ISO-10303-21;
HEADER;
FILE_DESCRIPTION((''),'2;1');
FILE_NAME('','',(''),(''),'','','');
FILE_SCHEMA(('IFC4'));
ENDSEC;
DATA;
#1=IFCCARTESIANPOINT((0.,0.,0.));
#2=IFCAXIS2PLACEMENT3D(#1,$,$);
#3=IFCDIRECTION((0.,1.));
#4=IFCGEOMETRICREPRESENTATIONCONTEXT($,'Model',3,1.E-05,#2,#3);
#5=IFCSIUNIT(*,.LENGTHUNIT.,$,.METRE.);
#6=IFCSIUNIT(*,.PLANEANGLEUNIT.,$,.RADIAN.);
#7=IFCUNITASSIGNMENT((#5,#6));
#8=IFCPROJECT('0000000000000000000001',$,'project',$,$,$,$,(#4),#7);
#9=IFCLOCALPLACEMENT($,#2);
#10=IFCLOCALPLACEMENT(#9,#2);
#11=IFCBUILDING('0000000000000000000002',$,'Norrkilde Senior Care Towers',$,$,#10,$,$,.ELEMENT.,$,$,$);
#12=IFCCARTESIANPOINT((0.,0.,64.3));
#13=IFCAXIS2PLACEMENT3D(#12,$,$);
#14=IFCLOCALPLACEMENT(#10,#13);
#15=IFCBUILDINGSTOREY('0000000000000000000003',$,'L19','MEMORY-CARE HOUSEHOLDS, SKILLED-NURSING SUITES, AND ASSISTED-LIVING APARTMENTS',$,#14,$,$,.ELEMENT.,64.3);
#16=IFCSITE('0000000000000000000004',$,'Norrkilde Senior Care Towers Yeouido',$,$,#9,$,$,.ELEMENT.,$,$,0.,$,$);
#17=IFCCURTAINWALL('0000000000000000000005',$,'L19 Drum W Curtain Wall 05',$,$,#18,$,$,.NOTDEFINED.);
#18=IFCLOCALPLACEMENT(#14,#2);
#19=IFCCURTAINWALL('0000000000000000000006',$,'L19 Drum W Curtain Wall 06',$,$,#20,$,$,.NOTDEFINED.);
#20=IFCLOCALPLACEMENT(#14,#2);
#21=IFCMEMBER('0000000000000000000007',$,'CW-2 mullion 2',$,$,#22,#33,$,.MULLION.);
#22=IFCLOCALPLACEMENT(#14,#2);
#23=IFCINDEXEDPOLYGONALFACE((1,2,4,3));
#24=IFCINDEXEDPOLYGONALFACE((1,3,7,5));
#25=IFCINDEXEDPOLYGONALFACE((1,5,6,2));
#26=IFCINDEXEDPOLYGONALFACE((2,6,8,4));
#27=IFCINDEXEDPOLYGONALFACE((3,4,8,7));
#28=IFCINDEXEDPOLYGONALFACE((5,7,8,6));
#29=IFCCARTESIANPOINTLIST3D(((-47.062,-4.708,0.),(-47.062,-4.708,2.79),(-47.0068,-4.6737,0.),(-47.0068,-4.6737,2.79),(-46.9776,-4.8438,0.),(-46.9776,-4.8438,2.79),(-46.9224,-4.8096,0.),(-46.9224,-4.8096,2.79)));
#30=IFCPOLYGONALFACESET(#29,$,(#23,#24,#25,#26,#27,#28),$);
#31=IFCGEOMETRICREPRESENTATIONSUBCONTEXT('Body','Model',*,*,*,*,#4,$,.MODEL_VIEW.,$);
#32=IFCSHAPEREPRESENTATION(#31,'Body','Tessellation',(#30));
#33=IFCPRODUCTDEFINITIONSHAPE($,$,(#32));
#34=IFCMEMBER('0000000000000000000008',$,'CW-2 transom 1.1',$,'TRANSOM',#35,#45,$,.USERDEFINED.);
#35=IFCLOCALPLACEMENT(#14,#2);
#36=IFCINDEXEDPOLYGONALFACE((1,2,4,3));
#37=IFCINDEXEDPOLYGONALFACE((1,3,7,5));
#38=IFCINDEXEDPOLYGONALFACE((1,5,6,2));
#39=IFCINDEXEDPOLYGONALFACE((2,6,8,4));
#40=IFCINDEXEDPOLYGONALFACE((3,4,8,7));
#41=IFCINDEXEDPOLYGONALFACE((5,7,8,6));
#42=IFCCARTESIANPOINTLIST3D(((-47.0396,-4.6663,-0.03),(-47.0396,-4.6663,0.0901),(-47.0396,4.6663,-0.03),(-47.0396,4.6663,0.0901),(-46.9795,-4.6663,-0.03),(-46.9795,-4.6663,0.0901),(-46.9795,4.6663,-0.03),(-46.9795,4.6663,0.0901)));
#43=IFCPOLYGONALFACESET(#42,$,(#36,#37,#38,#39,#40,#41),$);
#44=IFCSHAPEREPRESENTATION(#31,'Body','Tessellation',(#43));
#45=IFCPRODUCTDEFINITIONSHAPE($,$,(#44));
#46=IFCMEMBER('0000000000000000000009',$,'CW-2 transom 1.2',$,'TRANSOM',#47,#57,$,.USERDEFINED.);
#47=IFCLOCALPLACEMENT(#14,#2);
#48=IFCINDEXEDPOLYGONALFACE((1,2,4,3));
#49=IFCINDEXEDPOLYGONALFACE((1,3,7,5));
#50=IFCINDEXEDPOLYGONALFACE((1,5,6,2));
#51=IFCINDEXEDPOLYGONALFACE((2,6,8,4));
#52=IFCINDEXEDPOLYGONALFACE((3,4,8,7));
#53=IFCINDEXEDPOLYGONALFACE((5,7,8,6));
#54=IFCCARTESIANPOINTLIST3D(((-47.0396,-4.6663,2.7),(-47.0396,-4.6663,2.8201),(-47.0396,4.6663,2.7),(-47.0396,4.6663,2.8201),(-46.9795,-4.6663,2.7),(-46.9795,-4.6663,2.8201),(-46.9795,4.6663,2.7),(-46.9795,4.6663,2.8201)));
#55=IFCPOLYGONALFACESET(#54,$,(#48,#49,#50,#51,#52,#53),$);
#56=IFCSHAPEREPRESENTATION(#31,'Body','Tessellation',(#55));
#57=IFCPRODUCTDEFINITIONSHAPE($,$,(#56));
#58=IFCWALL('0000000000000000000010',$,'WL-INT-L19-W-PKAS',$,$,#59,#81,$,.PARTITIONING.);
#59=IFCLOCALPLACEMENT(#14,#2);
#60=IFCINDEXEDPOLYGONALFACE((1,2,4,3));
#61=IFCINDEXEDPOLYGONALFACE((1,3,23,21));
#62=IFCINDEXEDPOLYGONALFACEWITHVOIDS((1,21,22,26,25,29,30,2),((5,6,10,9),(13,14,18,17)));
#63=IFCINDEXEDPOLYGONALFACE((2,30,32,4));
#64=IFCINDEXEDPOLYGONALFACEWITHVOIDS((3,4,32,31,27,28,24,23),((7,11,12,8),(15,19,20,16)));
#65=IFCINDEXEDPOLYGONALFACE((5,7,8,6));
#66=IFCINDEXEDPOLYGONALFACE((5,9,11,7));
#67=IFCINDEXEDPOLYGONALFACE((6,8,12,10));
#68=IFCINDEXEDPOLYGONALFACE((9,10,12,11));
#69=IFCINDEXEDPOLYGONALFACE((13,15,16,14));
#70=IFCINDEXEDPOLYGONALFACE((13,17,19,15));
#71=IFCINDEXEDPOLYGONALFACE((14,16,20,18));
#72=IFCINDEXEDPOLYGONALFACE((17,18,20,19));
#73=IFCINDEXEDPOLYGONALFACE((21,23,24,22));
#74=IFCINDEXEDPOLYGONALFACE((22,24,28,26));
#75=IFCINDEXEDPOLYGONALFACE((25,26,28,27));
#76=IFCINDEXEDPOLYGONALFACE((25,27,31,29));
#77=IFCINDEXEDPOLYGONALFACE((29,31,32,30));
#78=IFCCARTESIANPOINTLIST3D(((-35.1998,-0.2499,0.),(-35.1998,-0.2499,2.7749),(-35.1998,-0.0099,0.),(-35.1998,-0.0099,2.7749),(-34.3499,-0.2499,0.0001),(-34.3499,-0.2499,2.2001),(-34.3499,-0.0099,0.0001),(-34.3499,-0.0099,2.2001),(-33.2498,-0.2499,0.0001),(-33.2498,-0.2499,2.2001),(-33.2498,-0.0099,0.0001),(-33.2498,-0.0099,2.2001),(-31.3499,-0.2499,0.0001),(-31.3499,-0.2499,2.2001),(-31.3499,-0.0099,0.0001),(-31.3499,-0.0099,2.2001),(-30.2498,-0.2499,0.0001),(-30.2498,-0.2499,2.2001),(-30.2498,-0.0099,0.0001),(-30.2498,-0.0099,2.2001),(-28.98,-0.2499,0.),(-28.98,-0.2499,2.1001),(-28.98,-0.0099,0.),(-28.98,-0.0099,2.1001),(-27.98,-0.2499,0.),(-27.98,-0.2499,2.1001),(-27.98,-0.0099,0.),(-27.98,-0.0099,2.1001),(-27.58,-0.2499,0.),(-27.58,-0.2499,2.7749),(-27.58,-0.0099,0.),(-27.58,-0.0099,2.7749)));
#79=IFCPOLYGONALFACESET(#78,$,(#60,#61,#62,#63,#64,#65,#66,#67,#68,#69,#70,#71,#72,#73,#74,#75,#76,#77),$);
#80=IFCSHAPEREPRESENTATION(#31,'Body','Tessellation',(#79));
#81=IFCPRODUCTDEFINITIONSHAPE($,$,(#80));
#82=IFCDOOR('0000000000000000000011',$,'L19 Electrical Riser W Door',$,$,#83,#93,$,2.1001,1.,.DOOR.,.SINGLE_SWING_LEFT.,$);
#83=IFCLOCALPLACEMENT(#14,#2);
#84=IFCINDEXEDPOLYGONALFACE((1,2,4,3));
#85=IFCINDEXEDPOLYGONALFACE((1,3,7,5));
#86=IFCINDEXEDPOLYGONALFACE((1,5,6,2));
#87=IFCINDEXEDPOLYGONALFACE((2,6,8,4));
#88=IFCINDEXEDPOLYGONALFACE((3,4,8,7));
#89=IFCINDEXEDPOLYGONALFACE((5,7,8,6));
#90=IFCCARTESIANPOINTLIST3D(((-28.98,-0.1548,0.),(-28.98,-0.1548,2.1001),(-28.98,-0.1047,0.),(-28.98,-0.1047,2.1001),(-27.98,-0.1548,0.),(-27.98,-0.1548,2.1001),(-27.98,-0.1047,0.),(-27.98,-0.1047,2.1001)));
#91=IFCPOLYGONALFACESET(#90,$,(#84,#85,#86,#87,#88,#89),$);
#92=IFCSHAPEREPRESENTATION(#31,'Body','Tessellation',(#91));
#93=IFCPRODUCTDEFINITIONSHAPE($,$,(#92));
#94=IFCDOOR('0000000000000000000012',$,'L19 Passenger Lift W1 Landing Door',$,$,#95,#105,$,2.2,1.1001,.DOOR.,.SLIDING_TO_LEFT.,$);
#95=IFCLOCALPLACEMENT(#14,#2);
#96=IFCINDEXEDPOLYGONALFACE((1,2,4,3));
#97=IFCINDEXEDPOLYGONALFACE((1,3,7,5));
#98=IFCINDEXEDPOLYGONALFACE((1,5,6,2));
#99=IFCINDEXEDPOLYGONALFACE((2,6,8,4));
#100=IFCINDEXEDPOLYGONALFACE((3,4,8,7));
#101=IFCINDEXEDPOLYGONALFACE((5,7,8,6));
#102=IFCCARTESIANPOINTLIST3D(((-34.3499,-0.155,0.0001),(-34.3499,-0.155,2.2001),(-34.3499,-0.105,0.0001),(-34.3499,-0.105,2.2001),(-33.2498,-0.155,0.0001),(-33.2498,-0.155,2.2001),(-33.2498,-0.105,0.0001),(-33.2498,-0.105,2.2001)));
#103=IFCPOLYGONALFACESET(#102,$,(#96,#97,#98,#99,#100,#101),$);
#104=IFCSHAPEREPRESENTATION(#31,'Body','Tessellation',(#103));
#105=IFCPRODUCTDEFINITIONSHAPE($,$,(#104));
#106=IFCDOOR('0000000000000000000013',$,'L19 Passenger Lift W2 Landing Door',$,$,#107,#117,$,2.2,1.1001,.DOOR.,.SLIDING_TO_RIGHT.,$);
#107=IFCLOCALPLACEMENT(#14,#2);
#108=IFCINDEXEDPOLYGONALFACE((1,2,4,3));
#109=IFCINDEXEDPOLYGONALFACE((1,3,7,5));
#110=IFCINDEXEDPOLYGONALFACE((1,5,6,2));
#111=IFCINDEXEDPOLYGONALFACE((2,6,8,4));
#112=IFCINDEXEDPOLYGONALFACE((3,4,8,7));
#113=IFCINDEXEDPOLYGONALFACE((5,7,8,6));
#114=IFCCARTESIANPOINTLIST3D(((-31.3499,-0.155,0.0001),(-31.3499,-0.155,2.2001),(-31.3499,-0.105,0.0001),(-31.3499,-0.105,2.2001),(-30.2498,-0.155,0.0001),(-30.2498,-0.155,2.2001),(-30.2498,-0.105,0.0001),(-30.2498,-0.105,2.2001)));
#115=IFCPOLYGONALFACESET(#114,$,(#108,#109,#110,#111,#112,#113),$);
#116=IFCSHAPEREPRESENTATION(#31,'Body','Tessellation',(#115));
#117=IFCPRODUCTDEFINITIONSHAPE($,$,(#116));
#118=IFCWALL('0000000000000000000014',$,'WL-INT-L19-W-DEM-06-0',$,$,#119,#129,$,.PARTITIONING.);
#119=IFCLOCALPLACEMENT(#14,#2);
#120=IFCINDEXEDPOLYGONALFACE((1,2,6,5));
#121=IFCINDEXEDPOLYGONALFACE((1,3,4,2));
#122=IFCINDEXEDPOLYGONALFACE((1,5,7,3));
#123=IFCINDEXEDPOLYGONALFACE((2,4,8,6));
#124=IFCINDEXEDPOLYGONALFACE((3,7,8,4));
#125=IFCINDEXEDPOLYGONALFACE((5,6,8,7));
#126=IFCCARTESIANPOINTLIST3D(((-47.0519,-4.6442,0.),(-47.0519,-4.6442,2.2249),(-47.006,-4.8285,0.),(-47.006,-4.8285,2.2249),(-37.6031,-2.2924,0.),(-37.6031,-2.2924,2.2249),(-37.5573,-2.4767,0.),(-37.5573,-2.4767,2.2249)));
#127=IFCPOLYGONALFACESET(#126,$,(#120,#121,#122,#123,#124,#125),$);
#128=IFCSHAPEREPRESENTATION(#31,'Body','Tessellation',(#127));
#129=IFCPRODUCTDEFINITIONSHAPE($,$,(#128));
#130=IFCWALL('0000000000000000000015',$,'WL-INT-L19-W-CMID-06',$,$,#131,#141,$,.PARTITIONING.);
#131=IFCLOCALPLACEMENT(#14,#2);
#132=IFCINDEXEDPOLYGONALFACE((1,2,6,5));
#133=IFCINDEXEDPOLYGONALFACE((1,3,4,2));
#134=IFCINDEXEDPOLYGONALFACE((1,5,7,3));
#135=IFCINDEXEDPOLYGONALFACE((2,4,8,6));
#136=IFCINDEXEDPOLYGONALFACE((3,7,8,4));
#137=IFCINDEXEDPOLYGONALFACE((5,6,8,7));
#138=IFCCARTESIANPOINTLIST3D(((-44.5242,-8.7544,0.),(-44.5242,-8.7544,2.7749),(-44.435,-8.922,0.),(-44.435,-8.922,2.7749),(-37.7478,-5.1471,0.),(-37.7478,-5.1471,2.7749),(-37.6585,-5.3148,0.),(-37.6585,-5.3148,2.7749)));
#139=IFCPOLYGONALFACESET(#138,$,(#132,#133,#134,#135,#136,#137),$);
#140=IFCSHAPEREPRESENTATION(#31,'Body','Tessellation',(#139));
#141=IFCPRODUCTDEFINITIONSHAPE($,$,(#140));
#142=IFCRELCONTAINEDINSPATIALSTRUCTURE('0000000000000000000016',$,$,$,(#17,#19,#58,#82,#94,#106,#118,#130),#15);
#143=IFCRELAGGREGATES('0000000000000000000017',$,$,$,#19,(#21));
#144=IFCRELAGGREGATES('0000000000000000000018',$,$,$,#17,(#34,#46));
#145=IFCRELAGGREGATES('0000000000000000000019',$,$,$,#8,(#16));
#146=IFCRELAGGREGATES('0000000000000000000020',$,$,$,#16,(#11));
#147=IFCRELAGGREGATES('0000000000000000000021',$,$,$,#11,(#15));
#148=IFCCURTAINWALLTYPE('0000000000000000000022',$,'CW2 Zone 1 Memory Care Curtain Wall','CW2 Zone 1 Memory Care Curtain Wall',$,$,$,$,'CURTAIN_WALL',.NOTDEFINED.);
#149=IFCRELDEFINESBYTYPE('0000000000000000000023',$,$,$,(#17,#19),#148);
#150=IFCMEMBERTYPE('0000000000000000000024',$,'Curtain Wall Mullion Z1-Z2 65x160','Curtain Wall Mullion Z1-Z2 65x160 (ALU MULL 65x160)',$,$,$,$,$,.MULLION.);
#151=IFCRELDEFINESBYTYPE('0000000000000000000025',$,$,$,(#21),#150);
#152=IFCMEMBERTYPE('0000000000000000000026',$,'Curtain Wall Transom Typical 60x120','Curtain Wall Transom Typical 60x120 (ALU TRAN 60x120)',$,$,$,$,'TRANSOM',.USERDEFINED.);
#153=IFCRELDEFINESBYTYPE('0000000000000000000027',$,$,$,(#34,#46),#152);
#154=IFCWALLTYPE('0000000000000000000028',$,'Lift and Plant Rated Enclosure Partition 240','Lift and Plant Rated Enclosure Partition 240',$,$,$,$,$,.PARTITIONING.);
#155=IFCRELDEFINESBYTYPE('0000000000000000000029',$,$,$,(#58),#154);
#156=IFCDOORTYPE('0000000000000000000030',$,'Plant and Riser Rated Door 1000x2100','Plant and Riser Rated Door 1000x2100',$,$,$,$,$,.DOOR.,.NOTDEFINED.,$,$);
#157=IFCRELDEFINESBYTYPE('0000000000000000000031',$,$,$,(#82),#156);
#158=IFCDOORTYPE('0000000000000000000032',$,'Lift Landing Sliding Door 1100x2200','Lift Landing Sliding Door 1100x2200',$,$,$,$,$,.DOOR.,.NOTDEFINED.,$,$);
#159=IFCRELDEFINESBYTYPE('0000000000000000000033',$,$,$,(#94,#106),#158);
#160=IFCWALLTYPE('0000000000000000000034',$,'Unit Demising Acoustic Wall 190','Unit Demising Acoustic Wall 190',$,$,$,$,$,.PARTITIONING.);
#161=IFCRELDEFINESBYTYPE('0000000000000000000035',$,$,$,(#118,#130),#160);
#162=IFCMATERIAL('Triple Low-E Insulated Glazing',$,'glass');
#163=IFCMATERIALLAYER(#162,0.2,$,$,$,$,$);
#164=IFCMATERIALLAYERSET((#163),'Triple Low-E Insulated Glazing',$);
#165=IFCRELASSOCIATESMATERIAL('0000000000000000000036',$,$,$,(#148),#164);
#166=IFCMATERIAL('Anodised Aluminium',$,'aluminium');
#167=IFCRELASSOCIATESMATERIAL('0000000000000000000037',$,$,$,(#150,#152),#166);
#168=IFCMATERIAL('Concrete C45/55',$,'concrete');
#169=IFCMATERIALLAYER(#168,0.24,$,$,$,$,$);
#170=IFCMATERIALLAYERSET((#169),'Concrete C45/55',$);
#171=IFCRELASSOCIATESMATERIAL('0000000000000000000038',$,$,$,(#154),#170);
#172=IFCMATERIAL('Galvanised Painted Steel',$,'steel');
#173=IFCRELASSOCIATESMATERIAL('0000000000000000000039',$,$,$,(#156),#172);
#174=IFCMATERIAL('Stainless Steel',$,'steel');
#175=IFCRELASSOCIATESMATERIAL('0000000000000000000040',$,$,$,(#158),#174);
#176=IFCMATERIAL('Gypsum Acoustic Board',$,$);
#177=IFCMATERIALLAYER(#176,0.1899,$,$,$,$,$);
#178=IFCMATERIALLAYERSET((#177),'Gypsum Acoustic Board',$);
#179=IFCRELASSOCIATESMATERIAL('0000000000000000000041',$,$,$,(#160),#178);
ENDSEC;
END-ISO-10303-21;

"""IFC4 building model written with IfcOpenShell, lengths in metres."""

from ifc_helpers import new_model, si_unit, direction, frame, frame_2d, origin, origin_2d, place, context, subcontext, project, spatial, rectangle, extrude, source, transform, mapped, material, layer, layer_set, material_profile, profile_set, type_object, type_shapes, element, fill, aggregate, save


model = new_model("IFC4")

# Units and contexts
model_context = context("Model", 3, precision=1e-05, world=origin(), true_north=direction((0.0, 1.0)))
body_context = subcontext(model_context, "Body", "Model", "MODEL_VIEW")
ifc_project = project(units=[si_unit("LENGTHUNIT", "METRE"), si_unit("PLANEANGLEUNIT", "RADIAN")], contexts=[model_context])

# Site, building, storey
site_placement = place(None, origin())
site = spatial("IfcSite", under=ifc_project, at=site_placement, Name="Norrkilde Senior Care Towers Yeouido", CompositionType="ELEMENT", RefElevation=0.0)
building_placement = place(site_placement, origin())
building = spatial("IfcBuilding", under=site, at=building_placement, Name="Norrkilde Senior Care Towers", CompositionType="ELEMENT")
storey_placement = place(building_placement, frame((0.0, 0.0, 64.3)))
storey = spatial("IfcBuildingStorey", under=building, at=storey_placement, Name="L19", Description="MEMORY-CARE HOUSEHOLDS, SKILLED-NURSING SUITES, AND ASSISTED-LIVING APARTMENTS", CompositionType="ELEMENT", Elevation=64.3)

# Curtain walls, member
ifc_material_1 = material(Name="Triple Low-E Insulated Glazing", Category="glass")
ifc_layer_1 = layer(ifc_material_1, 0.2)
ifc_layer_set_1 = layer_set([ifc_layer_1], Name="Triple Low-E Insulated Glazing")
curtain_wall_type = type_object("IfcCurtainWallType", Name="CW2 Zone 1 Memory Care Curtain Wall", Description="CW2 Zone 1 Memory Care Curtain Wall", ElementType="CURTAIN_WALL", PredefinedType="NOTDEFINED", material=ifc_layer_set_1)
curtain_wall_1_placement = place(storey_placement, origin())
curtain_wall_1 = element("IfcCurtainWall", 1, at=curtain_wall_1_placement, inside=storey, type_object=curtain_wall_type, Name="L19 Drum W Curtain Wall 05", PredefinedType="NOTDEFINED")
ifc_material_2 = material(Name="Anodised Aluminium", Category="aluminium")
ifc_material_profile_1 = material_profile(ifc_material_2, rectangle(XDim=0.0649, YDim=0.1599, at=origin_2d()), Name="ALU MULL 65x160")
ifc_profile_set_1 = profile_set([ifc_material_profile_1], Name="Anodised Aluminium")
member_type_1 = type_object("IfcMemberType", Name="Curtain Wall Mullion Z1-Z2 65x160", Description="Curtain Wall Mullion Z1-Z2 65x160 (ALU MULL 65x160)", PredefinedType="MULLION", material=ifc_profile_set_1)
shared_shape_1 = source(origin(), body_context, "Body", "SweptSolid", [
    extrude(rectangle(XDim=0.0649, YDim=0.1599, at=origin_2d()), origin(), (0.0, 0.0, 1.0), 2.79),
])
type_shapes(member_type_1, [shared_shape_1])
curtain_wall_2_placement = place(storey_placement, origin())
curtain_wall_2 = element("IfcCurtainWall", 2, at=curtain_wall_2_placement, inside=storey, type_object=curtain_wall_type, Name="L19 Drum W Curtain Wall 06", PredefinedType="NOTDEFINED")
member_1_placement = place(storey_placement, frame((-46.9922, -4.7588, 0.0), z_axis=(0.0, 0.0, 1.0), x_axis=(-0.849306, -0.527901, 0.0)))
member_1 = element("IfcMember", 3, at=member_1_placement, type_object=member_type_1, Name="CW-2 mullion 2", PredefinedType="MULLION", context=body_context, shape_type="MappedRepresentation", body=[
    mapped(shared_shape_1, transform((0.0, 0.0, 0.0), x_axis=(1.0, 0.0, 0.0), y_axis=(0.0, 1.0, 0.0), z_axis=(0.0, 0.0, 1.0), scale=1.0)),
])
aggregate(curtain_wall_2, [member_1])

# Members
ifc_material_profile_2 = material_profile(ifc_material_2, rectangle(XDim=0.0601, YDim=0.1201, at=origin_2d()), Name="ALU TRAN 60x120")
ifc_profile_set_2 = profile_set([ifc_material_profile_2], Name="Anodised Aluminium")
member_type_2 = type_object("IfcMemberType", Name="Curtain Wall Transom Typical 60x120", Description="Curtain Wall Transom Typical 60x120 (ALU TRAN 60x120)", ElementType="TRANSOM", PredefinedType="USERDEFINED", material=ifc_profile_set_2)
shared_shape_2 = source(origin(), body_context, "Body", "SweptSolid", [
    extrude(rectangle(XDim=0.0601, YDim=0.1201, at=origin_2d()), origin(), (0.0, 0.0, 1.0), 9.3325),
])
type_shapes(member_type_2, [shared_shape_2])
member_2_placement = place(storey_placement, frame((-47.0095, -4.6663, 0.03), z_axis=(0.0, 1.0, 0.0), x_axis=(-1.0, 0.0, 0.0)))
member_2 = element("IfcMember", 4, at=member_2_placement, type_object=member_type_2, Name="CW-2 transom 1.1", ObjectType="TRANSOM", PredefinedType="USERDEFINED", context=body_context, shape_type="MappedRepresentation", body=[
    mapped(shared_shape_2, transform((0.0, 0.0, 0.0), x_axis=(1.0, 0.0, 0.0), y_axis=(0.0, 1.0, 0.0), z_axis=(0.0, 0.0, 1.0), scale=1.0)),
])
member_3_placement = place(storey_placement, frame((-47.0095, -4.6663, 2.76), z_axis=(0.0, 1.0, 0.0), x_axis=(-1.0, 0.0, 0.0)))
member_3 = element("IfcMember", 5, at=member_3_placement, type_object=member_type_2, Name="CW-2 transom 1.2", ObjectType="TRANSOM", PredefinedType="USERDEFINED", context=body_context, shape_type="MappedRepresentation", body=[
    mapped(shared_shape_2, transform((0.0, 0.0, 0.0), x_axis=(1.0, 0.0, 0.0), y_axis=(0.0, 1.0, 0.0), z_axis=(0.0, 0.0, 1.0), scale=1.0)),
])
aggregate(curtain_wall_1, [member_2, member_3])

# Shared definitions
ifc_material_3 = material(Name="Galvanised Painted Steel", Category="steel")

# Wall, openings, doors
ifc_material_4 = material(Name="Concrete C45/55", Category="concrete")
ifc_layer_2 = layer(ifc_material_4, 0.24)
ifc_layer_set_2 = layer_set([ifc_layer_2], Name="Concrete C45/55")
wall_type_1 = type_object("IfcWallType", Name="Lift and Plant Rated Enclosure Partition 240", Description="Lift and Plant Rated Enclosure Partition 240", PredefinedType="PARTITIONING", material=ifc_layer_set_2)
shared_shape_3 = source(origin(), body_context, "Body", "SweptSolid", [
    extrude(rectangle(XDim=7.6199, YDim=0.24, at=frame_2d((3.8101, 0.0))), origin(), (0.0, 0.0, 1.0), 2.7749),
])
type_shapes(wall_type_1, [shared_shape_3])
wall_1_placement = place(storey_placement, frame((-35.2, -0.1299, 0.0), z_axis=(0.0, 0.0, 1.0), x_axis=(1.0, 0.0, 0.0)))
wall_1 = element("IfcWall", 6, at=wall_1_placement, inside=storey, type_object=wall_type_1, Name="WL-INT-L19-W-PKAS", PredefinedType="PARTITIONING", context=body_context, shape_type="MappedRepresentation", body=[
    mapped(shared_shape_3, transform((0.0, 0.0, 0.0), x_axis=(1.0, 0.0, 0.0), y_axis=(0.0, 1.0, 0.0), z_axis=(0.0, 0.0, 1.0), scale=1.0)),
])
opening_1_placement = place(wall_1_placement, frame((6.22, 0.0, 0.0)))
opening_1 = element("IfcOpeningElement", 7, at=opening_1_placement, cuts=wall_1, PredefinedType="OPENING", context=body_context, shape_type="SweptSolid", body=[
    extrude(rectangle(XDim=1.0, YDim=2.1001, at=frame_2d((0.5, 1.05))), frame((0.0, 0.1299, 0.0), z_axis=(0.0, -1.0, 0.0), x_axis=(1.0, 0.0, 0.0)), (0.0, 0.0, 1.0), 0.26),
])
opening_2_placement = place(wall_1_placement, frame((0.8501, 0.0, 0.0)))
opening_2 = element("IfcOpeningElement", 8, at=opening_2_placement, cuts=wall_1, PredefinedType="OPENING", context=body_context, shape_type="SweptSolid", body=[
    extrude(rectangle(XDim=1.1001, YDim=2.2, at=frame_2d((0.55, 1.1001))), frame((0.0, 0.1299, 0.0), z_axis=(0.0, -1.0, 0.0), x_axis=(1.0, 0.0, 0.0)), (0.0, 0.0, 1.0), 0.26),
])
opening_3_placement = place(wall_1_placement, frame((3.8501, 0.0, 0.0)))
opening_3 = element("IfcOpeningElement", 9, at=opening_3_placement, cuts=wall_1, PredefinedType="OPENING", context=body_context, shape_type="SweptSolid", body=[
    extrude(rectangle(XDim=1.1001, YDim=2.2, at=frame_2d((0.55, 1.1001))), frame((0.0, 0.1299, 0.0), z_axis=(0.0, -1.0, 0.0), x_axis=(1.0, 0.0, 0.0)), (0.0, 0.0, 1.0), 0.26),
])
door_type_1 = type_object("IfcDoorType", Name="Plant and Riser Rated Door 1000x2100", Description="Plant and Riser Rated Door 1000x2100", OperationType="NOTDEFINED", PredefinedType="DOOR", material=ifc_material_3)
shared_shape_4 = source(origin(), body_context, "Body", "SweptSolid", [
    extrude(rectangle(XDim=1.0, YDim=2.1001, at=frame_2d((0.5, 1.05))), frame((0.0, 0.0249, 0.0), z_axis=(0.0, -1.0, 0.0), x_axis=(1.0, 0.0, 0.0)), (0.0, 0.0, 1.0), 0.05),
])
type_shapes(door_type_1, [shared_shape_4])
door_1_placement = place(opening_1_placement, frame((1.0, 0.0, 0.0), z_axis=(0.0, 0.0, 1.0), x_axis=(-1.0, 0.0, 0.0)))
door_1 = element("IfcDoor", 10, at=door_1_placement, inside=storey, type_object=door_type_1, Name="L19 Electrical Riser W Door", OperationType="SINGLE_SWING_LEFT", OverallHeight=2.1001, OverallWidth=1.0, PredefinedType="DOOR", context=body_context, shape_type="MappedRepresentation", body=[
    mapped(shared_shape_4, transform((0.0, 0.0, 0.0), x_axis=(1.0, 0.0, 0.0), y_axis=(0.0, 1.0, 0.0), z_axis=(0.0, 0.0, 1.0), scale=1.0)),
])
fill(opening_1, door_1)
ifc_material_5 = material(Name="Stainless Steel", Category="steel")
door_type_2 = type_object("IfcDoorType", Name="Lift Landing Sliding Door 1100x2200", Description="Lift Landing Sliding Door 1100x2200", OperationType="NOTDEFINED", PredefinedType="DOOR", material=ifc_material_5)
shared_shape_5 = source(origin(), body_context, "Body", "SweptSolid", [
    extrude(rectangle(XDim=1.1001, YDim=2.2, at=frame_2d((0.55, 1.1001))), frame((0.0, 0.0249, 0.0), z_axis=(0.0, -1.0, 0.0), x_axis=(1.0, 0.0, 0.0)), (0.0, 0.0, 1.0), 0.05),
])
type_shapes(door_type_2, [shared_shape_5])
door_2_placement = place(opening_2_placement, origin())
door_2 = element("IfcDoor", 11, at=door_2_placement, inside=storey, type_object=door_type_2, Name="L19 Passenger Lift W1 Landing Door", OperationType="SLIDING_TO_LEFT", OverallHeight=2.2, OverallWidth=1.1001, PredefinedType="DOOR", context=body_context, shape_type="MappedRepresentation", body=[
    mapped(shared_shape_5, transform((0.0, 0.0, 0.0), x_axis=(1.0, 0.0, 0.0), y_axis=(0.0, 1.0, 0.0), z_axis=(0.0, 0.0, 1.0), scale=1.0)),
])
fill(opening_2, door_2)
door_3_placement = place(opening_3_placement, origin())
door_3 = element("IfcDoor", 12, at=door_3_placement, inside=storey, type_object=door_type_2, Name="L19 Passenger Lift W2 Landing Door", OperationType="SLIDING_TO_RIGHT", OverallHeight=2.2, OverallWidth=1.1001, PredefinedType="DOOR", context=body_context, shape_type="MappedRepresentation", body=[
    mapped(shared_shape_5, transform((0.0, 0.0, 0.0), x_axis=(1.0, 0.0, 0.0), y_axis=(0.0, 1.0, 0.0), z_axis=(0.0, 0.0, 1.0), scale=1.0)),
])
fill(opening_3, door_3)

# Walls
ifc_material_6 = material(Name="Gypsum Acoustic Board")
ifc_layer_3 = layer(ifc_material_6, 0.1899)
ifc_layer_set_3 = layer_set([ifc_layer_3], Name="Gypsum Acoustic Board")
wall_type_2 = type_object("IfcWallType", Name="Unit Demising Acoustic Wall 190", Description="Unit Demising Acoustic Wall 190", PredefinedType="PARTITIONING", material=ifc_layer_set_3)
shared_shape_6 = source(origin(), body_context, "Body", "SweptSolid", [
    extrude(rectangle(XDim=9.7371, YDim=0.1899, at=frame_2d((4.8687, 0.0))), origin(), (0.0, 0.0, 1.0), 2.2249),
])
wall_2_placement = place(storey_placement, frame((-37.5801, -2.3845, 0.0), z_axis=(0.0, 0.0, 1.0), x_axis=(-0.970393, -0.241533, 0.0)))
element("IfcWall", 13, at=wall_2_placement, inside=storey, type_object=wall_type_2, Name="WL-INT-L19-W-DEM-06-0", PredefinedType="PARTITIONING", context=body_context, shape_type="MappedRepresentation", body=[
    mapped(shared_shape_6, transform((0.0, 0.0, 0.0), x_axis=(1.0, 0.0, 0.0), y_axis=(0.0, 1.0, 0.0), z_axis=(0.0, 0.0, 1.0), scale=1.0)),
])
shared_shape_7 = source(origin(), body_context, "Body", "SweptSolid", [
    extrude(rectangle(XDim=7.6768, YDim=0.1899, at=frame_2d((3.8384, 0.0))), origin(), (0.0, 0.0, 1.0), 2.7749),
])
type_shapes(wall_type_2, [shared_shape_6, shared_shape_7])
wall_3_placement = place(storey_placement, frame((-37.7031, -5.231, 0.0), z_axis=(0.0, 0.0, 1.0), x_axis=(-0.882725, -0.46989, 0.0)))
element("IfcWall", 14, at=wall_3_placement, inside=storey, type_object=wall_type_2, Name="WL-INT-L19-W-CMID-06", PredefinedType="PARTITIONING", context=body_context, shape_type="MappedRepresentation", body=[
    mapped(shared_shape_7, transform((0.0, 0.0, 0.0), x_axis=(1.0, 0.0, 0.0), y_axis=(0.0, 1.0, 0.0), z_axis=(0.0, 0.0, 1.0), scale=1.0)),
])

save(model, "model.ifc")
